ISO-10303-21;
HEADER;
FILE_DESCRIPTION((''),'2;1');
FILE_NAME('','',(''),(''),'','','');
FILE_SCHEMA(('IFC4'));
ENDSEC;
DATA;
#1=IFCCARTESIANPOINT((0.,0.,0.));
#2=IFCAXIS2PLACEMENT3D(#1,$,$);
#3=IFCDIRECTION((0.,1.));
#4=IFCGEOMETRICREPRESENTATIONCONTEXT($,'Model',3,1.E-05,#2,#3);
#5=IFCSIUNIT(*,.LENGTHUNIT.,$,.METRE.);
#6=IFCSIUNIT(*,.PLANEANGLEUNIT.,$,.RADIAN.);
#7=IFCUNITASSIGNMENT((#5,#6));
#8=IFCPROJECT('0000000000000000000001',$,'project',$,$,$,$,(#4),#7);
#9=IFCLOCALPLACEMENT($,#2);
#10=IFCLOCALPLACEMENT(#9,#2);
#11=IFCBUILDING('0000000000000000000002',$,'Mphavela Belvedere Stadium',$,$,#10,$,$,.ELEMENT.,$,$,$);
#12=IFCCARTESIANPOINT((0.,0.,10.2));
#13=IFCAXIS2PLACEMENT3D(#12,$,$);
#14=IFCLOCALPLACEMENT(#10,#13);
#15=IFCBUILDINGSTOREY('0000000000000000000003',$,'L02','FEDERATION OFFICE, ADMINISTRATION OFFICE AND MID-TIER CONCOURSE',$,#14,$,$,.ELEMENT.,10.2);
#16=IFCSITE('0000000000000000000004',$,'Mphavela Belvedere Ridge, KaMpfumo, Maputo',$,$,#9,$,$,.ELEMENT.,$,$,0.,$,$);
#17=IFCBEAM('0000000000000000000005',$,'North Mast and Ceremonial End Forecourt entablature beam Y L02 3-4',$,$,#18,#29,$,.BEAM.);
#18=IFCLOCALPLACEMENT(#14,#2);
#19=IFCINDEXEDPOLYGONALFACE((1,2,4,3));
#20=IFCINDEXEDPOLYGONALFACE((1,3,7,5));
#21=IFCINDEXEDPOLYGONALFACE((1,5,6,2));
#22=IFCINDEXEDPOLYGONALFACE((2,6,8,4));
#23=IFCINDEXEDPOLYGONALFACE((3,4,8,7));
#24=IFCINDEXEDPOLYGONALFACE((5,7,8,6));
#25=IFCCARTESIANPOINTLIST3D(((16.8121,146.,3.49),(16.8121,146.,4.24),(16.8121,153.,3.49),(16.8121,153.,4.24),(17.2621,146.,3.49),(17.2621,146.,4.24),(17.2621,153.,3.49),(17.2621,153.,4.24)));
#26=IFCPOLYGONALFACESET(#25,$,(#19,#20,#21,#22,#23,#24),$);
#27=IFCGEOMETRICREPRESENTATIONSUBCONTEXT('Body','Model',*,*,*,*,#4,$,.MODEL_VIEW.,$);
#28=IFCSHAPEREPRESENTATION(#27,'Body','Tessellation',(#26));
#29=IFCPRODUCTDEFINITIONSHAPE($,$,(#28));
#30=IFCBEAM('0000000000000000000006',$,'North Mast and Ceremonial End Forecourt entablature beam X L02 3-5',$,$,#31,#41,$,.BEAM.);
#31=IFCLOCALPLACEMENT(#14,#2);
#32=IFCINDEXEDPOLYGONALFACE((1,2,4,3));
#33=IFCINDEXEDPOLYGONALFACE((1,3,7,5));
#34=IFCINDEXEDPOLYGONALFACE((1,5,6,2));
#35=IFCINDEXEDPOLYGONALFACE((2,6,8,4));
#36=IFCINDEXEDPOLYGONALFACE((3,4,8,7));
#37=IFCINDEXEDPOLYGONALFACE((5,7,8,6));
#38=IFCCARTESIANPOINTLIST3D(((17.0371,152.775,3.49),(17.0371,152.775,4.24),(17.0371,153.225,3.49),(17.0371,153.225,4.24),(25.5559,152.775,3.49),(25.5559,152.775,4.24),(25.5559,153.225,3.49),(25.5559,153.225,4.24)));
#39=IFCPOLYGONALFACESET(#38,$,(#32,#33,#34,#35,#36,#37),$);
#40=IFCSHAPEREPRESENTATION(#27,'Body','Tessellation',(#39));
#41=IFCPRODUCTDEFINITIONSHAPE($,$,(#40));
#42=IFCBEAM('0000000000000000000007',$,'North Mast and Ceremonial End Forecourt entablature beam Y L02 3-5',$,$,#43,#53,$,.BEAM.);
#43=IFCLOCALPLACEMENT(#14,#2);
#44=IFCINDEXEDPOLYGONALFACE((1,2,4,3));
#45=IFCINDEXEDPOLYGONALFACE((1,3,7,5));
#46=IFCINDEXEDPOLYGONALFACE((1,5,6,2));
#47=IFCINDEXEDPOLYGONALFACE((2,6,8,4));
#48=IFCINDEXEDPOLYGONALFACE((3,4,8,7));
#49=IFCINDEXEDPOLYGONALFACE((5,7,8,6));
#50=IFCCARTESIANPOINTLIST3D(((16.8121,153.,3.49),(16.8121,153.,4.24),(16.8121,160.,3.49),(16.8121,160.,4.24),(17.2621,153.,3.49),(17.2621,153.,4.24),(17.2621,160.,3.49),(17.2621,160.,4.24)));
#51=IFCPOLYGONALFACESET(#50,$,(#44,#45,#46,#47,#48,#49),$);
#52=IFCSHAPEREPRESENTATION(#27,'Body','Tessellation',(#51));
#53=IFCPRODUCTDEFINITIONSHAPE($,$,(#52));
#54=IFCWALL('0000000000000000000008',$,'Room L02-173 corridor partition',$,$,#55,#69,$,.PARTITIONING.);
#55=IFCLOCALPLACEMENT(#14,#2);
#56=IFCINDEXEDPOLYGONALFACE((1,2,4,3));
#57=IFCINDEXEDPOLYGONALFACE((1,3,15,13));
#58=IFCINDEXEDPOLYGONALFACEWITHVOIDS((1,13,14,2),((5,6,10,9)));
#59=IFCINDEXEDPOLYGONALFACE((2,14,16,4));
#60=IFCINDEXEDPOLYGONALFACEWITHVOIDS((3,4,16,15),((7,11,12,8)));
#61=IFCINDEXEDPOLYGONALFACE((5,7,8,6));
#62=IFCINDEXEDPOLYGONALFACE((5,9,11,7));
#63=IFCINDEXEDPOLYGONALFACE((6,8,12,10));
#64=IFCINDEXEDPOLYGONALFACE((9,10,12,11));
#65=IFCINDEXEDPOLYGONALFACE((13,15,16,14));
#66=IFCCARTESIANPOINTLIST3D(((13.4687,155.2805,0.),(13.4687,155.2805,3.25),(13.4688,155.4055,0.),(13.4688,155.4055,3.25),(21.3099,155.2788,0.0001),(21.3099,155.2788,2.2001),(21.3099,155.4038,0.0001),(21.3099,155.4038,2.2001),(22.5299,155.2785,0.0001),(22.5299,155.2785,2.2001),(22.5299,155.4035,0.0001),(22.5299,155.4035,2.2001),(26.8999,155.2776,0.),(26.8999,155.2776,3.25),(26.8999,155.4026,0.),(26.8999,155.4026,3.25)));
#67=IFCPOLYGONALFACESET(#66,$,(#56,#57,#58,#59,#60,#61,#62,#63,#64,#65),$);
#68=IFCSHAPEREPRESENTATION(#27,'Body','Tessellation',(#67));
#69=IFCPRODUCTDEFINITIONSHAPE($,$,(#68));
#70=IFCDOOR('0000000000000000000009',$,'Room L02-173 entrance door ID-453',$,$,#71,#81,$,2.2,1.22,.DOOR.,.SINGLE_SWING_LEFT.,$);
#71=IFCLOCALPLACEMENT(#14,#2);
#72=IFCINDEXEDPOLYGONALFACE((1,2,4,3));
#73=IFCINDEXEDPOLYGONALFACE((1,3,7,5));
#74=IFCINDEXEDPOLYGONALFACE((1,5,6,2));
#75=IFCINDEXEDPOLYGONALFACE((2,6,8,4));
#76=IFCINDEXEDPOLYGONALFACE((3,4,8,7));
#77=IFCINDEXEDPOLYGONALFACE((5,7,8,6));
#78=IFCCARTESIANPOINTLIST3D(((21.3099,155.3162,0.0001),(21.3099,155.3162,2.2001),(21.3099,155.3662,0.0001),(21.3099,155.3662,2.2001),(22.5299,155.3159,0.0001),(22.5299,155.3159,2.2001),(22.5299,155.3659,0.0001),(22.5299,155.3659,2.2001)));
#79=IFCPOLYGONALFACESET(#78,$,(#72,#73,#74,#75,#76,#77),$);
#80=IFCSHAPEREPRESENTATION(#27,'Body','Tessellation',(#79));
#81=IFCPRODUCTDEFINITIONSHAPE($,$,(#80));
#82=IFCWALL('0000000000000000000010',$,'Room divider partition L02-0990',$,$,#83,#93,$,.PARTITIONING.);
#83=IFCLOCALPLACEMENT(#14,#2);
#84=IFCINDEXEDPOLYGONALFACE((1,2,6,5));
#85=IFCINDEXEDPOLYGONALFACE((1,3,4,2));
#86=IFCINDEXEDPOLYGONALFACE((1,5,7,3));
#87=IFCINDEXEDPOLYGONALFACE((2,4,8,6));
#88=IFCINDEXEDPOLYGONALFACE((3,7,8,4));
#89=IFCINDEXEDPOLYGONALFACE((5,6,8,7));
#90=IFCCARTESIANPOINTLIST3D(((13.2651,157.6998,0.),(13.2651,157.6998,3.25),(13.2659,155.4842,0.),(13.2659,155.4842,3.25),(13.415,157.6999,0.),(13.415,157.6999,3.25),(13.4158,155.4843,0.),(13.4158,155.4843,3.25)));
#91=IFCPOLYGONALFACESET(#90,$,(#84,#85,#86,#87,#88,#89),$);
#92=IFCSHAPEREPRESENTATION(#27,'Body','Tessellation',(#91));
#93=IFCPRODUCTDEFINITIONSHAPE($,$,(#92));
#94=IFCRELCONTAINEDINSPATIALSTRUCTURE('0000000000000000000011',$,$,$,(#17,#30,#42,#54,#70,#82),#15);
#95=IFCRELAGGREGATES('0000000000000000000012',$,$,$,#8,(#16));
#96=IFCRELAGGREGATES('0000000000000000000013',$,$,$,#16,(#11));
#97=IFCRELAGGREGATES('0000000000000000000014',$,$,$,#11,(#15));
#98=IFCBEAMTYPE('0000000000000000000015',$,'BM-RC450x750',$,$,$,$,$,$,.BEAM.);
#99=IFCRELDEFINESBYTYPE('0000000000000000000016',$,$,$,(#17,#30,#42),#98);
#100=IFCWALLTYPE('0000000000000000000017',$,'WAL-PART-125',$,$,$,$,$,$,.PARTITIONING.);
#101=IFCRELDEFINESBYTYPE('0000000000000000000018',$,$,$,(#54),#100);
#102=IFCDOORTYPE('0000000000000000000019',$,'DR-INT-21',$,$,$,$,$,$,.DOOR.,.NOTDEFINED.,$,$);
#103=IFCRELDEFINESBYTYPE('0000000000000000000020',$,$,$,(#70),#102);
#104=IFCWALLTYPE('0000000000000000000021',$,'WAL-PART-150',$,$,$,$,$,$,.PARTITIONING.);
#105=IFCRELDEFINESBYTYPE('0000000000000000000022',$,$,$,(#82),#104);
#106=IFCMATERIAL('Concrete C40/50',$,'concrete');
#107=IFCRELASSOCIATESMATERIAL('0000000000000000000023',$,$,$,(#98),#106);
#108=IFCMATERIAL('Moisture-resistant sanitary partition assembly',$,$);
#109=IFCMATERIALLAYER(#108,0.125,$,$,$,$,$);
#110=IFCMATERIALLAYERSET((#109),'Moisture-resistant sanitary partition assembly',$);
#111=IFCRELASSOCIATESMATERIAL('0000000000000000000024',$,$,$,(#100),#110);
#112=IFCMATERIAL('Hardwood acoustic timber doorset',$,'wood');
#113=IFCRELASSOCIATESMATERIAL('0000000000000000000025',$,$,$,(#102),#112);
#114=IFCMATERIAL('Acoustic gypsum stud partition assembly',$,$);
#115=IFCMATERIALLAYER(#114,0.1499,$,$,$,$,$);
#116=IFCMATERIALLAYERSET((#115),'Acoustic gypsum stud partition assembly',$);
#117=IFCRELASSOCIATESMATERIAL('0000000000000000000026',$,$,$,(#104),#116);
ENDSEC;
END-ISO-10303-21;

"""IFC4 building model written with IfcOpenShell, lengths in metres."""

from ifc_helpers import new_model, si_unit, direction, frame, frame_2d, origin, origin_2d, place, context, subcontext, project, spatial, rectangle, extrude, material, layer, layer_set, material_profile, profile_set, type_object, element, fill, save


model = new_model("IFC4")

# Units and contexts
model_context = context("Model", 3, precision=1e-05, world=origin(), true_north=direction((0.0, 1.0)))
body_context = subcontext(model_context, "Body", "Model", "MODEL_VIEW")
ifc_project = project(units=[si_unit("LENGTHUNIT", "METRE"), si_unit("PLANEANGLEUNIT", "RADIAN")], contexts=[model_context])

# Site, building, storey
site_placement = place(None, origin())
site = spatial("IfcSite", under=ifc_project, at=site_placement, Name="Mphavela Belvedere Ridge, KaMpfumo, Maputo", CompositionType="ELEMENT", RefElevation=0.0)
building_placement = place(site_placement, origin())
building = spatial("IfcBuilding", under=site, at=building_placement, Name="Mphavela Belvedere Stadium", CompositionType="ELEMENT")
storey_placement = place(building_placement, frame((0.0, 0.0, 10.2)))
storey = spatial("IfcBuildingStorey", under=building, at=storey_placement, Name="L02", Description="FEDERATION OFFICE, ADMINISTRATION OFFICE AND MID-TIER CONCOURSE", CompositionType="ELEMENT", Elevation=10.2)

# Beams
ifc_material_1 = material(Name="Concrete C40/50", Category="concrete")
ifc_material_profile_1 = material_profile(ifc_material_1, rectangle(XDim=0.45, YDim=0.75, at=origin_2d()), Name="RC 450x750")
ifc_profile_set_1 = profile_set([ifc_material_profile_1], Name="Concrete C40/50")
beam_type_1 = type_object("IfcBeamType", Name="BM-RC450x750", PredefinedType="BEAM", material=ifc_profile_set_1)
beam_1_placement = place(storey_placement, frame((17.0371, 146.0, 3.865), z_axis=(0.0, 1.0, 0.0), x_axis=(-1.0, 0.0, 0.0)))
element("IfcBeam", 1, at=beam_1_placement, inside=storey, type_object=beam_type_1, Name="North Mast and Ceremonial End Forecourt entablature beam Y L02 3-4", PredefinedType="BEAM", context=body_context, shape_type="SweptSolid", body=[
    extrude(rectangle(XDim=0.45, YDim=0.75, at=origin_2d()), origin(), (0.0, 0.0, 1.0), 7.0),
])
beam_2_placement = place(storey_placement, frame((17.0371, 153.0, 3.865), z_axis=(1.0, 0.0, 0.0), x_axis=(0.0, 1.0, 0.0)))
element("IfcBeam", 2, at=beam_2_placement, inside=storey, type_object=beam_type_1, Name="North Mast and Ceremonial End Forecourt entablature beam X L02 3-5", PredefinedType="BEAM", context=body_context, shape_type="SweptSolid", body=[
    extrude(rectangle(XDim=0.45, YDim=0.75, at=origin_2d()), origin(), (0.0, 0.0, 1.0), 8.5188),
])
beam_3_placement = place(storey_placement, frame((17.0371, 153.0, 3.865), z_axis=(0.0, 1.0, 0.0), x_axis=(-1.0, 0.0, 0.0)))
element("IfcBeam", 3, at=beam_3_placement, inside=storey, type_object=beam_type_1, Name="North Mast and Ceremonial End Forecourt entablature beam Y L02 3-5", PredefinedType="BEAM", context=body_context, shape_type="SweptSolid", body=[
    extrude(rectangle(XDim=0.45, YDim=0.75, at=origin_2d()), origin(), (0.0, 0.0, 1.0), 7.0),
])

# Wall, opening, door
ifc_material_2 = material(Name="Moisture-resistant sanitary partition assembly")
ifc_layer_1 = layer(ifc_material_2, 0.125)
ifc_layer_set_1 = layer_set([ifc_layer_1], Name="Moisture-resistant sanitary partition assembly")
wall_type_1 = type_object("IfcWallType", Name="WAL-PART-125", PredefinedType="PARTITIONING", material=ifc_layer_set_1)
wall_1_placement = place(storey_placement, frame((13.4688, 155.343, 0.0), z_axis=(0.0, 0.0, 1.0), x_axis=(1.0, -0.000218, 0.0)))
wall_1 = element("IfcWall", 4, at=wall_1_placement, inside=storey, type_object=wall_type_1, Name="Room L02-173 corridor partition", PredefinedType="PARTITIONING", context=body_context, shape_type="SweptSolid", body=[
    extrude(rectangle(XDim=13.4312, YDim=0.125, at=frame_2d((6.7156, 0.0))), origin(), (0.0, 0.0, 1.0), 3.25),
])
opening_placement = place(wall_1_placement, frame((7.8413, 0.0, 0.0)))
opening = element("IfcOpeningElement", 5, at=opening_placement, cuts=wall_1, PredefinedType="OPENING", context=body_context, shape_type="SweptSolid", body=[
    extrude(rectangle(XDim=1.22, YDim=2.2, at=frame_2d((0.6099, 1.1001))), frame((0.0, 0.0725, 0.0), z_axis=(0.0, -1.0, 0.0), x_axis=(1.0, 0.0, 0.0)), (0.0, 0.0, 1.0), 0.145),
])
ifc_material_3 = material(Name="Hardwood acoustic timber doorset", Category="wood")
door_type = type_object("IfcDoorType", Name="DR-INT-21", OperationType="NOTDEFINED", PredefinedType="DOOR", material=ifc_material_3)
door_placement = place(opening_placement, origin())
door = element("IfcDoor", 6, at=door_placement, inside=storey, type_object=door_type, Name="Room L02-173 entrance door ID-453", OperationType="SINGLE_SWING_LEFT", OverallHeight=2.2, OverallWidth=1.22, PredefinedType="DOOR", context=body_context, shape_type="SweptSolid", body=[
    extrude(rectangle(XDim=1.22, YDim=2.2, at=frame_2d((0.6099, 1.1001))), frame((0.0, 0.0249, 0.0), z_axis=(0.0, -1.0, 0.0), x_axis=(1.0, 0.0, 0.0)), (0.0, 0.0, 1.0), 0.05),
])
fill(opening, door)

# Wall
ifc_material_4 = material(Name="Acoustic gypsum stud partition assembly")
ifc_layer_2 = layer(ifc_material_4, 0.1499)
ifc_layer_set_2 = layer_set([ifc_layer_2], Name="Acoustic gypsum stud partition assembly")
wall_type_2 = type_object("IfcWallType", Name="WAL-PART-150", PredefinedType="PARTITIONING", material=ifc_layer_set_2)
wall_2_placement = place(storey_placement, frame((13.3401, 157.7, 0.0), z_axis=(0.0, 0.0, 1.0), x_axis=(0.000331, -1.0, 0.0)))
element("IfcWall", 7, at=wall_2_placement, inside=storey, type_object=wall_type_2, Name="Room divider partition L02-0990", PredefinedType="PARTITIONING", context=body_context, shape_type="SweptSolid", body=[
    extrude(rectangle(XDim=2.2156, YDim=0.1499, at=frame_2d((1.1079, 0.0))), origin(), (0.0, 0.0, 1.0), 3.25),
])

save(model, "model.ifc")
